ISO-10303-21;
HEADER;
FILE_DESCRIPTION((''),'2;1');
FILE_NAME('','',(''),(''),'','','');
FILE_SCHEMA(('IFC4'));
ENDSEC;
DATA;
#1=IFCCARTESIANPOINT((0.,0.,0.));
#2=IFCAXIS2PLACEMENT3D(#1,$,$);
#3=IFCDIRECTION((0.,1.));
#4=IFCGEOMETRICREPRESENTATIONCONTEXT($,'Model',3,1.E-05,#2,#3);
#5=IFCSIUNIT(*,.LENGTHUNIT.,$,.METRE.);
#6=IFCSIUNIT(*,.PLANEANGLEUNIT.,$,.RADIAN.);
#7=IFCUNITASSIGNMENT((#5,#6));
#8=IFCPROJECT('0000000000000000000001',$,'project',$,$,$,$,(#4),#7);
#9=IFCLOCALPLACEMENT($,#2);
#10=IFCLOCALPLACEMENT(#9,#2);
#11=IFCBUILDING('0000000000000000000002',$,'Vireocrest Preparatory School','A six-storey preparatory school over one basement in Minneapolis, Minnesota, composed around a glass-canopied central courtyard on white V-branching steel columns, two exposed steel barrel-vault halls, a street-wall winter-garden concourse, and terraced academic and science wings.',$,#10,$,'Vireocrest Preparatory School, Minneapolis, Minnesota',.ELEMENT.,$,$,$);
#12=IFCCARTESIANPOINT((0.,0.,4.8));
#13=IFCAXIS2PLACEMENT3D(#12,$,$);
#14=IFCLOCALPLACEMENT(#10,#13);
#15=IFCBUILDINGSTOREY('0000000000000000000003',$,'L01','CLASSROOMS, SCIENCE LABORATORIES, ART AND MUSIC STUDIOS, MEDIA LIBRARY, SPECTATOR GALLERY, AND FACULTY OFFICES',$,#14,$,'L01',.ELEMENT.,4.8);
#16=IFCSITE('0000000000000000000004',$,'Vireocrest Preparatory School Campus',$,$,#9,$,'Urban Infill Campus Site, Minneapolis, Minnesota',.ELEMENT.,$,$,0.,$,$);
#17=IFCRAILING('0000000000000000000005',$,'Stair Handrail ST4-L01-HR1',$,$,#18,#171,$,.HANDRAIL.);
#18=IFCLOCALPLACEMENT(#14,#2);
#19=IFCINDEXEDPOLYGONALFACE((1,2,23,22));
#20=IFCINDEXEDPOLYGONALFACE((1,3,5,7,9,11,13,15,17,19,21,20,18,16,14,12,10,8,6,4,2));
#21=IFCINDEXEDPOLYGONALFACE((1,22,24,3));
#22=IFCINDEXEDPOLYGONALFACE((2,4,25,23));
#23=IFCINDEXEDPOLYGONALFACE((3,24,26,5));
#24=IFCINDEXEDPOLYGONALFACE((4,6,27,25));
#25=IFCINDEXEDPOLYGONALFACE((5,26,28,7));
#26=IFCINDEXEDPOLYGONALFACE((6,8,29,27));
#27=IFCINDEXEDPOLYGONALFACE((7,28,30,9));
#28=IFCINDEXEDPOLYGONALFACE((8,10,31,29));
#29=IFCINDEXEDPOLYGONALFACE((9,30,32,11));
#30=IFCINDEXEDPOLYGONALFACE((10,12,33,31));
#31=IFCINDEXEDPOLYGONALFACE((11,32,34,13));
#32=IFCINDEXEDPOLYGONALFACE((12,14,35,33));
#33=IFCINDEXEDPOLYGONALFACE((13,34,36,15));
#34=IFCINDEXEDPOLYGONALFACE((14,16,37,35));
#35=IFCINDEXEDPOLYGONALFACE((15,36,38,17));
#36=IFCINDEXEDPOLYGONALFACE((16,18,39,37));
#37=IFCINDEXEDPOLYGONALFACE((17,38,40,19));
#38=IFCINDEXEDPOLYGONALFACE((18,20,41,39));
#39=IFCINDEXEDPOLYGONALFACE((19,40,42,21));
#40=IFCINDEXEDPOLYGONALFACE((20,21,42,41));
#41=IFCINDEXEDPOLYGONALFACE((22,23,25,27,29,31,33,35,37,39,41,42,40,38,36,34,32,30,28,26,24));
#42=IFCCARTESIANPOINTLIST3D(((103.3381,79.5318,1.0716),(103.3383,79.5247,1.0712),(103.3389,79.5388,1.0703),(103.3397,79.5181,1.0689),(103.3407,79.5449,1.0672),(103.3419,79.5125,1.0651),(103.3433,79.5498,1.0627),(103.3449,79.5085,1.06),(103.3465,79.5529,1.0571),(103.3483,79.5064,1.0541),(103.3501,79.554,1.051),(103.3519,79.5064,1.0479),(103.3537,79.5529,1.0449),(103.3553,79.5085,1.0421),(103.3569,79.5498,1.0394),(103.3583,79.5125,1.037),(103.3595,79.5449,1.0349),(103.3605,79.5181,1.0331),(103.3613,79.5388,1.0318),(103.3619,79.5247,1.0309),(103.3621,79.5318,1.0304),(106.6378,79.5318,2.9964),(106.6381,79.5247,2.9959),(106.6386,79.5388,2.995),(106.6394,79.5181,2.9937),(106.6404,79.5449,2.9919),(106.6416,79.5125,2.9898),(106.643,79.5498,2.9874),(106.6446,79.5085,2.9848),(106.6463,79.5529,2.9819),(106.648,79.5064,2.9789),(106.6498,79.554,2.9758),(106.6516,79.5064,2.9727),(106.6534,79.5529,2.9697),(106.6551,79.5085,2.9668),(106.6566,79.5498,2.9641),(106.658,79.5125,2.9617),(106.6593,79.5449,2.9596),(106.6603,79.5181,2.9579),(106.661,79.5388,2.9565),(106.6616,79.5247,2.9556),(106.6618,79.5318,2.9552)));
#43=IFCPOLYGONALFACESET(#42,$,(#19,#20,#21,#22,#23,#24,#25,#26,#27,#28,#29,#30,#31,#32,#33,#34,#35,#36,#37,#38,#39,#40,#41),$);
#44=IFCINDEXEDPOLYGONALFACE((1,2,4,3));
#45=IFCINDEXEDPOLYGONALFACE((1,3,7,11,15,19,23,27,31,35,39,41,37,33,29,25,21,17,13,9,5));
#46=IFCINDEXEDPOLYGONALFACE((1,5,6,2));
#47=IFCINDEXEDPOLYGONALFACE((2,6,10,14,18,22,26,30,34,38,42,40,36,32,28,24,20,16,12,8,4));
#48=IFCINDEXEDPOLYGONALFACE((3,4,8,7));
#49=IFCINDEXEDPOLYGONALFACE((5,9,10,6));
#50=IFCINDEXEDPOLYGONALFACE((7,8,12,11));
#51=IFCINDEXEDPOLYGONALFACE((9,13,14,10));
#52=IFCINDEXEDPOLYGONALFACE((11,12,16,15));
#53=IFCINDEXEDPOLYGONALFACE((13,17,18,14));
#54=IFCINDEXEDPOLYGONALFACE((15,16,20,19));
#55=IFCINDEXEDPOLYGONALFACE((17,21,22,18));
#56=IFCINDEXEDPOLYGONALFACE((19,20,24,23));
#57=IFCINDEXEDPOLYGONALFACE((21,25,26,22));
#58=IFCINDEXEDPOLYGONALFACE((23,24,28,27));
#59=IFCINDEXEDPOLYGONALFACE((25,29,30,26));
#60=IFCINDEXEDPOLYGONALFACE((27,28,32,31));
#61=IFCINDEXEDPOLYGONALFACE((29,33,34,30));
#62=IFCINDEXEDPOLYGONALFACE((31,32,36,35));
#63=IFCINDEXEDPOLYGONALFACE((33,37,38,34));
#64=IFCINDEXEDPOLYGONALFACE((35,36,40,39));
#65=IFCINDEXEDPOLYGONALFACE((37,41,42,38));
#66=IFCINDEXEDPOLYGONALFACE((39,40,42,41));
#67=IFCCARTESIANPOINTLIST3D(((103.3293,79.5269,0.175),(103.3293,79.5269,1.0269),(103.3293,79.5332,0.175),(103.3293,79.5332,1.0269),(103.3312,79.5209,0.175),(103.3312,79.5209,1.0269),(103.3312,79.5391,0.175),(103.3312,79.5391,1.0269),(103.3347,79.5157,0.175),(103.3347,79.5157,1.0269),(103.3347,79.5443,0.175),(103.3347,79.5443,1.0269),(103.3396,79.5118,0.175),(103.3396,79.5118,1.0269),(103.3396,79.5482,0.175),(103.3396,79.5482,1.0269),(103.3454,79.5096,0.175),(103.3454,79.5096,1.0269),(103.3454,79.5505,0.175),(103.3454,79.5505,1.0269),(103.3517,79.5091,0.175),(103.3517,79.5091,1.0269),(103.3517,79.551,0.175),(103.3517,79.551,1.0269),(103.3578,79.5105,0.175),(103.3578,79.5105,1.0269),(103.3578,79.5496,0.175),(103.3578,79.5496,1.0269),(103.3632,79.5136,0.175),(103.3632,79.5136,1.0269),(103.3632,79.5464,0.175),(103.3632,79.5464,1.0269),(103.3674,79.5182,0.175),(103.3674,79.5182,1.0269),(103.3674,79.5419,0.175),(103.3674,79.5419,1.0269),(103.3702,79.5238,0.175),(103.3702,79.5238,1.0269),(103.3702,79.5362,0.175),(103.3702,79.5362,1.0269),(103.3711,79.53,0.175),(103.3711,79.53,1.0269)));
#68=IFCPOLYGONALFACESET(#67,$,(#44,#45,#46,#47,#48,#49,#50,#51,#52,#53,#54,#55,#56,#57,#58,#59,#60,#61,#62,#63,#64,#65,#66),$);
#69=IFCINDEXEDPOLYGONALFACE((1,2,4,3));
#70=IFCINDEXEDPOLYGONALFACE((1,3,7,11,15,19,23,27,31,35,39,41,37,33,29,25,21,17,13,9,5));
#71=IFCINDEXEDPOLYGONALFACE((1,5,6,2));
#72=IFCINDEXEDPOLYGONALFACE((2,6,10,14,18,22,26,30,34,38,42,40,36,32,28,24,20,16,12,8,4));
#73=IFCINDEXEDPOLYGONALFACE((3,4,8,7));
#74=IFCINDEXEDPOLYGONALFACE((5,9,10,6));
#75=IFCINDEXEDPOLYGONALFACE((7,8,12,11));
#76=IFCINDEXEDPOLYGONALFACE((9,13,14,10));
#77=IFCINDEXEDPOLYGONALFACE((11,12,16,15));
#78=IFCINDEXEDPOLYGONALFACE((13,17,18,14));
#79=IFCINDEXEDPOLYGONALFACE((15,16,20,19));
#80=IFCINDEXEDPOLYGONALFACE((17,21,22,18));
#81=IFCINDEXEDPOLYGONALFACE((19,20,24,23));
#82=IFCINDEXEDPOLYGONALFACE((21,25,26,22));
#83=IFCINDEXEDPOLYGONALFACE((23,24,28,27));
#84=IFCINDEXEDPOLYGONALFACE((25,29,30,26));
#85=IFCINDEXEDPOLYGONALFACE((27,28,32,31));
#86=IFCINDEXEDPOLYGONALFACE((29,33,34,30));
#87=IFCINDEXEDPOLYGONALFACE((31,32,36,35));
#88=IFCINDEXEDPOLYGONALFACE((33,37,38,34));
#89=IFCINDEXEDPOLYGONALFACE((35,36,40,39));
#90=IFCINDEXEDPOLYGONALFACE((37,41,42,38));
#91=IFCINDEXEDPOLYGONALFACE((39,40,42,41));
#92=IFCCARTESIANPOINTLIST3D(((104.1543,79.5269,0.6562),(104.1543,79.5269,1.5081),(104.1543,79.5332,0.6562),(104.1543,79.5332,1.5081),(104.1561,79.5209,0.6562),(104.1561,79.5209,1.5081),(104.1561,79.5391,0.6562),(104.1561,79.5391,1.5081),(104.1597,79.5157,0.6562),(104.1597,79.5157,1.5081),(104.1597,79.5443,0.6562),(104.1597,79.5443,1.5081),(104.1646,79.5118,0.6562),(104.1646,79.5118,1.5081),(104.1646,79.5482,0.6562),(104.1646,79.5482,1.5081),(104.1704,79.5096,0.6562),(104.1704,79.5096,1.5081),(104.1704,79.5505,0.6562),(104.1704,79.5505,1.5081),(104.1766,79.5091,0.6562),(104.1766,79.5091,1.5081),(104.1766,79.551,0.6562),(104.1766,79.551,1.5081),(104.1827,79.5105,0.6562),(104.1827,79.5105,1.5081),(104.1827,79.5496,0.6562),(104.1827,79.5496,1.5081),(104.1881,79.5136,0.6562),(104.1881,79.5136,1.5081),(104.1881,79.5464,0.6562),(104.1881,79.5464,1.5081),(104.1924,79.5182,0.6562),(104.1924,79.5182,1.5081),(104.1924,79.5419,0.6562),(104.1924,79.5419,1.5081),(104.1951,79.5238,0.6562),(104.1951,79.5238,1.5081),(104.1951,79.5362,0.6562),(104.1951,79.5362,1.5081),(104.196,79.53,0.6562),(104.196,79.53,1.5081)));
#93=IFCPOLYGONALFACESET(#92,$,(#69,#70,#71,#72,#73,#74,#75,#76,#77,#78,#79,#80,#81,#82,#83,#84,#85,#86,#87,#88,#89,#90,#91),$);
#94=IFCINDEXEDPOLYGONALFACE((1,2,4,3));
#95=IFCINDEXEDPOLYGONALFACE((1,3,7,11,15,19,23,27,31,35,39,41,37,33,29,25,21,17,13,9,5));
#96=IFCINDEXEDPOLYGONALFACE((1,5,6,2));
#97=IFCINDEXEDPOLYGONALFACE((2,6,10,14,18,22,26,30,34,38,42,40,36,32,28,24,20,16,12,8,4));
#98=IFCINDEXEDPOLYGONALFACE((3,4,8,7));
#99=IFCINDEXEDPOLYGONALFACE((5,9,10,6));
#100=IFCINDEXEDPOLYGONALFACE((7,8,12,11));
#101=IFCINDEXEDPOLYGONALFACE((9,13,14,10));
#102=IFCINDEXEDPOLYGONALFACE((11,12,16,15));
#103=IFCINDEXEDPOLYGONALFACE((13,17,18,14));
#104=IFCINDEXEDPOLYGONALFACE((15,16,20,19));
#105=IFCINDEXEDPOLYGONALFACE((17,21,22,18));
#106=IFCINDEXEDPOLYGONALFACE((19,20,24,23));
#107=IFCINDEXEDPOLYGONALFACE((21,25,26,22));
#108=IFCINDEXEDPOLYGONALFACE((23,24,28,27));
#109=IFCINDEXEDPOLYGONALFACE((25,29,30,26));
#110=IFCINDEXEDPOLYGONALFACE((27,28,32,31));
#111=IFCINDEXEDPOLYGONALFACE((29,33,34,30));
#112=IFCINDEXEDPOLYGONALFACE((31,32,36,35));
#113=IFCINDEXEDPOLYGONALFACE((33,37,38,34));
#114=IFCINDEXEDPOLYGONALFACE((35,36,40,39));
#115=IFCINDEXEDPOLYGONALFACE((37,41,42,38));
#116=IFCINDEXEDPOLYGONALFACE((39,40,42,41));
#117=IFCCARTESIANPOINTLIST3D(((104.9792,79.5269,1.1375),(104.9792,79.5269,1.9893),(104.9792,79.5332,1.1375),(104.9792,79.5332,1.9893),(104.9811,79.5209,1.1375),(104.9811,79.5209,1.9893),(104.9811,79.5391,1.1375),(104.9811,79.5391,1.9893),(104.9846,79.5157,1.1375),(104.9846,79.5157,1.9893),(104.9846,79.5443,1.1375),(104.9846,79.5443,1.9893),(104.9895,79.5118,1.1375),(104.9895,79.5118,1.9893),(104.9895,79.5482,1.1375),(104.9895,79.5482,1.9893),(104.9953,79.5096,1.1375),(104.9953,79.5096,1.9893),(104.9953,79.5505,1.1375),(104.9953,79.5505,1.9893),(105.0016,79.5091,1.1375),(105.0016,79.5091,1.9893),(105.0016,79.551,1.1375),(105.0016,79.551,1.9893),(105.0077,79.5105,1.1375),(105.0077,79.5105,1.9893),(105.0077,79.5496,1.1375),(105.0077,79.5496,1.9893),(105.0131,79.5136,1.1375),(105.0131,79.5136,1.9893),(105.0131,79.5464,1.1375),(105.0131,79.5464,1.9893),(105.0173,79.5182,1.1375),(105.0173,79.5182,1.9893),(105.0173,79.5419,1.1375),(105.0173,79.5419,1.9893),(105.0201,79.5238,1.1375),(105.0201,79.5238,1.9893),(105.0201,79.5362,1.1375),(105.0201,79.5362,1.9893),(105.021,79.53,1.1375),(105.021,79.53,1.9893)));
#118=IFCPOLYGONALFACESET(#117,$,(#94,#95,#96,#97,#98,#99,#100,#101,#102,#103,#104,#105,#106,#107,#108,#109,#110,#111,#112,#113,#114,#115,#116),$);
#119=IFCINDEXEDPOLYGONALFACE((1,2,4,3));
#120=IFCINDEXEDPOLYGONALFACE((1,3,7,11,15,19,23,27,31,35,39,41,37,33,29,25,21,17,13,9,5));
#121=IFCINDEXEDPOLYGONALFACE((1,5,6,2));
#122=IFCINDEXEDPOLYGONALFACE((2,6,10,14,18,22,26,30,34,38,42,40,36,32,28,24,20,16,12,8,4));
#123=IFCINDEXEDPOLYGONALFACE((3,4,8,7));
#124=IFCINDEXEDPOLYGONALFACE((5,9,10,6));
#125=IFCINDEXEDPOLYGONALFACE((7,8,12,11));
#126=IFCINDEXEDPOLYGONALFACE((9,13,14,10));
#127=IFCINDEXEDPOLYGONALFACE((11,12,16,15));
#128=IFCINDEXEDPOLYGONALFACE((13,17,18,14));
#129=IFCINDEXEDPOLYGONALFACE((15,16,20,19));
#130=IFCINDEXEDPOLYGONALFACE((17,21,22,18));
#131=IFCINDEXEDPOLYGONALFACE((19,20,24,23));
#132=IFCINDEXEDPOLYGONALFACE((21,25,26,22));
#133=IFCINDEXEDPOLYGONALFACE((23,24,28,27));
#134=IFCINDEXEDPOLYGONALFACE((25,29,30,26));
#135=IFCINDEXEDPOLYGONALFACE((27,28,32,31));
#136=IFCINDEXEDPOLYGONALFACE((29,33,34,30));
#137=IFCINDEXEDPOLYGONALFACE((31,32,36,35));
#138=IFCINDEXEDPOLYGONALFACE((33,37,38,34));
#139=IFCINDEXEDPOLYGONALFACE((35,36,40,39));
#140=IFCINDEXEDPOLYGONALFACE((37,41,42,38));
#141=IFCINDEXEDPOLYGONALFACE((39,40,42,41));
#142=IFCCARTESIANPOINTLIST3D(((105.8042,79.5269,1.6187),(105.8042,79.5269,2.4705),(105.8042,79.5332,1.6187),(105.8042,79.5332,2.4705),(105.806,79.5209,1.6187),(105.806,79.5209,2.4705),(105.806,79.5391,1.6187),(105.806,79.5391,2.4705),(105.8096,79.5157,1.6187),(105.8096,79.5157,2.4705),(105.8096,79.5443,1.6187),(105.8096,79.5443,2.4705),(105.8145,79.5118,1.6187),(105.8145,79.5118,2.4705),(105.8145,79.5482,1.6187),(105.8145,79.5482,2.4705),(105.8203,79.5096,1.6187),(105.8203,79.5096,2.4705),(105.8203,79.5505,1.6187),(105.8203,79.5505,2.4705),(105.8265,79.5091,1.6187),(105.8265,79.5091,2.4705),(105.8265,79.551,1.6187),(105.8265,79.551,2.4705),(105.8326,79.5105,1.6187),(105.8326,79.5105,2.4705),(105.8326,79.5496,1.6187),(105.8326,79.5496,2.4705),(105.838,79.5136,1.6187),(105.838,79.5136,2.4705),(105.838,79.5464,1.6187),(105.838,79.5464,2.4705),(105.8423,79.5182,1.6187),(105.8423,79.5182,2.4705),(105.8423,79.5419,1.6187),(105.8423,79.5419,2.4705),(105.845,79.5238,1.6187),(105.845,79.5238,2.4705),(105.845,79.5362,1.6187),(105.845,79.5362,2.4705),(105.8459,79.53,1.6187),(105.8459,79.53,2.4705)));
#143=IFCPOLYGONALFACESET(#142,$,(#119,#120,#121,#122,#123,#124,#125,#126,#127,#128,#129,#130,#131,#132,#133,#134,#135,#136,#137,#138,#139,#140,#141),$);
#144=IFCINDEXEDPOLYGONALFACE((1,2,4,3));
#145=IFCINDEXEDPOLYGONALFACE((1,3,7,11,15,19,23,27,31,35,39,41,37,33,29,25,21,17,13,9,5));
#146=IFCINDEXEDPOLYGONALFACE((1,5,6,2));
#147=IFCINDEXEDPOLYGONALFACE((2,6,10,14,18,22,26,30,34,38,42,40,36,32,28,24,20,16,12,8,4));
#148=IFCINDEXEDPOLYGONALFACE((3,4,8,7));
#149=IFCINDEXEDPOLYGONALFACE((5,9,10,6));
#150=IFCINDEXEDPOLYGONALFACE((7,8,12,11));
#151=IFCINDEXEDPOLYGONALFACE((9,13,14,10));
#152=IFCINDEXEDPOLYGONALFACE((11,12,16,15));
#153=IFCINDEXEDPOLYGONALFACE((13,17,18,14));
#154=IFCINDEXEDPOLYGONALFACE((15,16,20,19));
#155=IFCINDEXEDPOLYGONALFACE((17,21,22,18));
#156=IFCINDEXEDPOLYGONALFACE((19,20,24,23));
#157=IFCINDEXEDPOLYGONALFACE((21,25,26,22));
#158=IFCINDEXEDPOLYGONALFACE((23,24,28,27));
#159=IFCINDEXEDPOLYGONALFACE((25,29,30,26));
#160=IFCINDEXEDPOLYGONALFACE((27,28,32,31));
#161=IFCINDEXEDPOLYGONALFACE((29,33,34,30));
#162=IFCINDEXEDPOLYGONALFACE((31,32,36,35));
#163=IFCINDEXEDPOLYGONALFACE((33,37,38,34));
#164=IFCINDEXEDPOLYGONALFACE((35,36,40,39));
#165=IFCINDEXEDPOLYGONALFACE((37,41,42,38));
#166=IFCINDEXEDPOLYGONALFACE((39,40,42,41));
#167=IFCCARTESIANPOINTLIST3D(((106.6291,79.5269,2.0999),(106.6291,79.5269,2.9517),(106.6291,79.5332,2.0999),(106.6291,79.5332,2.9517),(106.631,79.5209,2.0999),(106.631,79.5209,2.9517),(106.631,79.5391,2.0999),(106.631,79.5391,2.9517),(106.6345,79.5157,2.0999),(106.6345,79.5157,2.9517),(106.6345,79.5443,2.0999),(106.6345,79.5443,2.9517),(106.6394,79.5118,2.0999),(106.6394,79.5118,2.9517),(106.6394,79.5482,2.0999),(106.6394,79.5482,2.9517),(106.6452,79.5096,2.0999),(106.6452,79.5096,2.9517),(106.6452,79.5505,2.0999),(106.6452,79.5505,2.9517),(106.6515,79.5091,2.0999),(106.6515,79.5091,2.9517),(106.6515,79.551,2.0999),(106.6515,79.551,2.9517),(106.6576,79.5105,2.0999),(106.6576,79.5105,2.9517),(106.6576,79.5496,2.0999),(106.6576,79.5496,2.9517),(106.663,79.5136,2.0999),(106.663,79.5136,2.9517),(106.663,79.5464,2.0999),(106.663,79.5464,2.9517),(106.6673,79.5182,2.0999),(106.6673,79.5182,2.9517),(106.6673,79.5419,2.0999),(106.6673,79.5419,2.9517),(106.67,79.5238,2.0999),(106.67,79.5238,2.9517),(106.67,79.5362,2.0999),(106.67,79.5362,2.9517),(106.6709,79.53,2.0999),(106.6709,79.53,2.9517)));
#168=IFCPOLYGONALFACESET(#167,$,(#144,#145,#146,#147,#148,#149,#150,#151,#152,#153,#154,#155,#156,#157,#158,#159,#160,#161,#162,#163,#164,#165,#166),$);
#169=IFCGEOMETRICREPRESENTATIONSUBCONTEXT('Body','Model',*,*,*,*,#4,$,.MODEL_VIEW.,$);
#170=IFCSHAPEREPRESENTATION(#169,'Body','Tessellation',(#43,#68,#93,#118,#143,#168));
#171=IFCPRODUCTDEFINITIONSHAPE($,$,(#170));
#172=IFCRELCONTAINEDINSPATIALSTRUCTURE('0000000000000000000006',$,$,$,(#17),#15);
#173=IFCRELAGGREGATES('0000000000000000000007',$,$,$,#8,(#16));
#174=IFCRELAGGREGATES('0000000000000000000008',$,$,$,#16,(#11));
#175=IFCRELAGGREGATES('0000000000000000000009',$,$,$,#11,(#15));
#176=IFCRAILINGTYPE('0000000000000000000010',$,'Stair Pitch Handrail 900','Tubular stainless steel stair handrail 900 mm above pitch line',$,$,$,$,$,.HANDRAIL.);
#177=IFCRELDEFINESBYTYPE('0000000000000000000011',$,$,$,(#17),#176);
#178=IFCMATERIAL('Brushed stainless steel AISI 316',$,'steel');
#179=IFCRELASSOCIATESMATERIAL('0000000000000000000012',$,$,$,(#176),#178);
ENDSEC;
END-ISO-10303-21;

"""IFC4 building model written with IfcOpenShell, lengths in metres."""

from ifc_helpers import new_model, si_unit, direction, frame, origin, origin_2d, place, context, subcontext, project, spatial, circle, extrude, material, type_object, element, save


model = new_model("IFC4")

# Units and contexts
model_context = context("Model", 3, precision=1e-05, world=origin(), true_north=direction((0.0, 1.0)))
body_context = subcontext(model_context, "Body", "Model", "MODEL_VIEW")
ifc_project = project(units=[si_unit("LENGTHUNIT", "METRE"), si_unit("PLANEANGLEUNIT", "RADIAN")], contexts=[model_context])

# Site, building, storey
site_placement = place(None, origin())
site = spatial("IfcSite", under=ifc_project, at=site_placement, Name="Vireocrest Preparatory School Campus", LongName="Urban Infill Campus Site, Minneapolis, Minnesota", CompositionType="ELEMENT", RefElevation=0.0)
building_placement = place(site_placement, origin())
building = spatial("IfcBuilding", under=site, at=building_placement, Name="Vireocrest Preparatory School", Description="A six-storey preparatory school over one basement in Minneapolis, Minnesota, composed around a glass-canopied central courtyard on white V-branching steel columns, two exposed steel barrel-vault halls, a street-wall winter-garden concourse, and terraced academic and science wings.", LongName="Vireocrest Preparatory School, Minneapolis, Minnesota", CompositionType="ELEMENT")
storey_placement = place(building_placement, frame((0.0, 0.0, 4.8)))
storey = spatial("IfcBuildingStorey", under=building, at=storey_placement, Name="L01", Description="CLASSROOMS, SCIENCE LABORATORIES, ART AND MUSIC STUDIOS, MEDIA LIBRARY, SPECTATOR GALLERY, AND FACULTY OFFICES", LongName="L01", CompositionType="ELEMENT", Elevation=4.8)

# Railing
ifc_material_1 = material(Name="Brushed stainless steel AISI 316", Category="steel")
railing_type_1 = type_object("IfcRailingType", Name="Stair Pitch Handrail 900", Description="Tubular stainless steel stair handrail 900 mm above pitch line", PredefinedType="HANDRAIL", material=ifc_material_1)
railing_1_placement = place(storey_placement, frame((103.3501, 79.53, 0.175)))
element("IfcRailing", 1, at=railing_1_placement, inside=storey, type_object=railing_type_1, Name="Stair Handrail ST4-L01-HR1", PredefinedType="HANDRAIL", context=body_context, shape_type="SweptSolid", body=[
    extrude(circle(Radius=0.0239, at=origin_2d()), frame((0.0, 0.0, 0.876), z_axis=(0.863788, 0.0, 0.503855), x_axis=(0.0, 1.0, 0.0)), (0.0, 0.0, 1.0), 3.8201),
    extrude(circle(Radius=0.021, at=origin_2d()), origin(), (0.0, 0.0, 1.0), 0.8518),
    extrude(circle(Radius=0.021, at=origin_2d()), frame((0.825, 0.0, 0.4812)), (0.0, 0.0, 1.0), 0.8518),
    extrude(circle(Radius=0.021, at=origin_2d()), frame((1.6499, 0.0, 0.9624)), (0.0, 0.0, 1.0), 0.8518),
    extrude(circle(Radius=0.021, at=origin_2d()), frame((2.4749, 0.0, 1.4436)), (0.0, 0.0, 1.0), 0.8518),
    extrude(circle(Radius=0.021, at=origin_2d()), frame((3.2998, 0.0, 1.9248)), (0.0, 0.0, 1.0), 0.8518),
])

save(model, "model.ifc")
